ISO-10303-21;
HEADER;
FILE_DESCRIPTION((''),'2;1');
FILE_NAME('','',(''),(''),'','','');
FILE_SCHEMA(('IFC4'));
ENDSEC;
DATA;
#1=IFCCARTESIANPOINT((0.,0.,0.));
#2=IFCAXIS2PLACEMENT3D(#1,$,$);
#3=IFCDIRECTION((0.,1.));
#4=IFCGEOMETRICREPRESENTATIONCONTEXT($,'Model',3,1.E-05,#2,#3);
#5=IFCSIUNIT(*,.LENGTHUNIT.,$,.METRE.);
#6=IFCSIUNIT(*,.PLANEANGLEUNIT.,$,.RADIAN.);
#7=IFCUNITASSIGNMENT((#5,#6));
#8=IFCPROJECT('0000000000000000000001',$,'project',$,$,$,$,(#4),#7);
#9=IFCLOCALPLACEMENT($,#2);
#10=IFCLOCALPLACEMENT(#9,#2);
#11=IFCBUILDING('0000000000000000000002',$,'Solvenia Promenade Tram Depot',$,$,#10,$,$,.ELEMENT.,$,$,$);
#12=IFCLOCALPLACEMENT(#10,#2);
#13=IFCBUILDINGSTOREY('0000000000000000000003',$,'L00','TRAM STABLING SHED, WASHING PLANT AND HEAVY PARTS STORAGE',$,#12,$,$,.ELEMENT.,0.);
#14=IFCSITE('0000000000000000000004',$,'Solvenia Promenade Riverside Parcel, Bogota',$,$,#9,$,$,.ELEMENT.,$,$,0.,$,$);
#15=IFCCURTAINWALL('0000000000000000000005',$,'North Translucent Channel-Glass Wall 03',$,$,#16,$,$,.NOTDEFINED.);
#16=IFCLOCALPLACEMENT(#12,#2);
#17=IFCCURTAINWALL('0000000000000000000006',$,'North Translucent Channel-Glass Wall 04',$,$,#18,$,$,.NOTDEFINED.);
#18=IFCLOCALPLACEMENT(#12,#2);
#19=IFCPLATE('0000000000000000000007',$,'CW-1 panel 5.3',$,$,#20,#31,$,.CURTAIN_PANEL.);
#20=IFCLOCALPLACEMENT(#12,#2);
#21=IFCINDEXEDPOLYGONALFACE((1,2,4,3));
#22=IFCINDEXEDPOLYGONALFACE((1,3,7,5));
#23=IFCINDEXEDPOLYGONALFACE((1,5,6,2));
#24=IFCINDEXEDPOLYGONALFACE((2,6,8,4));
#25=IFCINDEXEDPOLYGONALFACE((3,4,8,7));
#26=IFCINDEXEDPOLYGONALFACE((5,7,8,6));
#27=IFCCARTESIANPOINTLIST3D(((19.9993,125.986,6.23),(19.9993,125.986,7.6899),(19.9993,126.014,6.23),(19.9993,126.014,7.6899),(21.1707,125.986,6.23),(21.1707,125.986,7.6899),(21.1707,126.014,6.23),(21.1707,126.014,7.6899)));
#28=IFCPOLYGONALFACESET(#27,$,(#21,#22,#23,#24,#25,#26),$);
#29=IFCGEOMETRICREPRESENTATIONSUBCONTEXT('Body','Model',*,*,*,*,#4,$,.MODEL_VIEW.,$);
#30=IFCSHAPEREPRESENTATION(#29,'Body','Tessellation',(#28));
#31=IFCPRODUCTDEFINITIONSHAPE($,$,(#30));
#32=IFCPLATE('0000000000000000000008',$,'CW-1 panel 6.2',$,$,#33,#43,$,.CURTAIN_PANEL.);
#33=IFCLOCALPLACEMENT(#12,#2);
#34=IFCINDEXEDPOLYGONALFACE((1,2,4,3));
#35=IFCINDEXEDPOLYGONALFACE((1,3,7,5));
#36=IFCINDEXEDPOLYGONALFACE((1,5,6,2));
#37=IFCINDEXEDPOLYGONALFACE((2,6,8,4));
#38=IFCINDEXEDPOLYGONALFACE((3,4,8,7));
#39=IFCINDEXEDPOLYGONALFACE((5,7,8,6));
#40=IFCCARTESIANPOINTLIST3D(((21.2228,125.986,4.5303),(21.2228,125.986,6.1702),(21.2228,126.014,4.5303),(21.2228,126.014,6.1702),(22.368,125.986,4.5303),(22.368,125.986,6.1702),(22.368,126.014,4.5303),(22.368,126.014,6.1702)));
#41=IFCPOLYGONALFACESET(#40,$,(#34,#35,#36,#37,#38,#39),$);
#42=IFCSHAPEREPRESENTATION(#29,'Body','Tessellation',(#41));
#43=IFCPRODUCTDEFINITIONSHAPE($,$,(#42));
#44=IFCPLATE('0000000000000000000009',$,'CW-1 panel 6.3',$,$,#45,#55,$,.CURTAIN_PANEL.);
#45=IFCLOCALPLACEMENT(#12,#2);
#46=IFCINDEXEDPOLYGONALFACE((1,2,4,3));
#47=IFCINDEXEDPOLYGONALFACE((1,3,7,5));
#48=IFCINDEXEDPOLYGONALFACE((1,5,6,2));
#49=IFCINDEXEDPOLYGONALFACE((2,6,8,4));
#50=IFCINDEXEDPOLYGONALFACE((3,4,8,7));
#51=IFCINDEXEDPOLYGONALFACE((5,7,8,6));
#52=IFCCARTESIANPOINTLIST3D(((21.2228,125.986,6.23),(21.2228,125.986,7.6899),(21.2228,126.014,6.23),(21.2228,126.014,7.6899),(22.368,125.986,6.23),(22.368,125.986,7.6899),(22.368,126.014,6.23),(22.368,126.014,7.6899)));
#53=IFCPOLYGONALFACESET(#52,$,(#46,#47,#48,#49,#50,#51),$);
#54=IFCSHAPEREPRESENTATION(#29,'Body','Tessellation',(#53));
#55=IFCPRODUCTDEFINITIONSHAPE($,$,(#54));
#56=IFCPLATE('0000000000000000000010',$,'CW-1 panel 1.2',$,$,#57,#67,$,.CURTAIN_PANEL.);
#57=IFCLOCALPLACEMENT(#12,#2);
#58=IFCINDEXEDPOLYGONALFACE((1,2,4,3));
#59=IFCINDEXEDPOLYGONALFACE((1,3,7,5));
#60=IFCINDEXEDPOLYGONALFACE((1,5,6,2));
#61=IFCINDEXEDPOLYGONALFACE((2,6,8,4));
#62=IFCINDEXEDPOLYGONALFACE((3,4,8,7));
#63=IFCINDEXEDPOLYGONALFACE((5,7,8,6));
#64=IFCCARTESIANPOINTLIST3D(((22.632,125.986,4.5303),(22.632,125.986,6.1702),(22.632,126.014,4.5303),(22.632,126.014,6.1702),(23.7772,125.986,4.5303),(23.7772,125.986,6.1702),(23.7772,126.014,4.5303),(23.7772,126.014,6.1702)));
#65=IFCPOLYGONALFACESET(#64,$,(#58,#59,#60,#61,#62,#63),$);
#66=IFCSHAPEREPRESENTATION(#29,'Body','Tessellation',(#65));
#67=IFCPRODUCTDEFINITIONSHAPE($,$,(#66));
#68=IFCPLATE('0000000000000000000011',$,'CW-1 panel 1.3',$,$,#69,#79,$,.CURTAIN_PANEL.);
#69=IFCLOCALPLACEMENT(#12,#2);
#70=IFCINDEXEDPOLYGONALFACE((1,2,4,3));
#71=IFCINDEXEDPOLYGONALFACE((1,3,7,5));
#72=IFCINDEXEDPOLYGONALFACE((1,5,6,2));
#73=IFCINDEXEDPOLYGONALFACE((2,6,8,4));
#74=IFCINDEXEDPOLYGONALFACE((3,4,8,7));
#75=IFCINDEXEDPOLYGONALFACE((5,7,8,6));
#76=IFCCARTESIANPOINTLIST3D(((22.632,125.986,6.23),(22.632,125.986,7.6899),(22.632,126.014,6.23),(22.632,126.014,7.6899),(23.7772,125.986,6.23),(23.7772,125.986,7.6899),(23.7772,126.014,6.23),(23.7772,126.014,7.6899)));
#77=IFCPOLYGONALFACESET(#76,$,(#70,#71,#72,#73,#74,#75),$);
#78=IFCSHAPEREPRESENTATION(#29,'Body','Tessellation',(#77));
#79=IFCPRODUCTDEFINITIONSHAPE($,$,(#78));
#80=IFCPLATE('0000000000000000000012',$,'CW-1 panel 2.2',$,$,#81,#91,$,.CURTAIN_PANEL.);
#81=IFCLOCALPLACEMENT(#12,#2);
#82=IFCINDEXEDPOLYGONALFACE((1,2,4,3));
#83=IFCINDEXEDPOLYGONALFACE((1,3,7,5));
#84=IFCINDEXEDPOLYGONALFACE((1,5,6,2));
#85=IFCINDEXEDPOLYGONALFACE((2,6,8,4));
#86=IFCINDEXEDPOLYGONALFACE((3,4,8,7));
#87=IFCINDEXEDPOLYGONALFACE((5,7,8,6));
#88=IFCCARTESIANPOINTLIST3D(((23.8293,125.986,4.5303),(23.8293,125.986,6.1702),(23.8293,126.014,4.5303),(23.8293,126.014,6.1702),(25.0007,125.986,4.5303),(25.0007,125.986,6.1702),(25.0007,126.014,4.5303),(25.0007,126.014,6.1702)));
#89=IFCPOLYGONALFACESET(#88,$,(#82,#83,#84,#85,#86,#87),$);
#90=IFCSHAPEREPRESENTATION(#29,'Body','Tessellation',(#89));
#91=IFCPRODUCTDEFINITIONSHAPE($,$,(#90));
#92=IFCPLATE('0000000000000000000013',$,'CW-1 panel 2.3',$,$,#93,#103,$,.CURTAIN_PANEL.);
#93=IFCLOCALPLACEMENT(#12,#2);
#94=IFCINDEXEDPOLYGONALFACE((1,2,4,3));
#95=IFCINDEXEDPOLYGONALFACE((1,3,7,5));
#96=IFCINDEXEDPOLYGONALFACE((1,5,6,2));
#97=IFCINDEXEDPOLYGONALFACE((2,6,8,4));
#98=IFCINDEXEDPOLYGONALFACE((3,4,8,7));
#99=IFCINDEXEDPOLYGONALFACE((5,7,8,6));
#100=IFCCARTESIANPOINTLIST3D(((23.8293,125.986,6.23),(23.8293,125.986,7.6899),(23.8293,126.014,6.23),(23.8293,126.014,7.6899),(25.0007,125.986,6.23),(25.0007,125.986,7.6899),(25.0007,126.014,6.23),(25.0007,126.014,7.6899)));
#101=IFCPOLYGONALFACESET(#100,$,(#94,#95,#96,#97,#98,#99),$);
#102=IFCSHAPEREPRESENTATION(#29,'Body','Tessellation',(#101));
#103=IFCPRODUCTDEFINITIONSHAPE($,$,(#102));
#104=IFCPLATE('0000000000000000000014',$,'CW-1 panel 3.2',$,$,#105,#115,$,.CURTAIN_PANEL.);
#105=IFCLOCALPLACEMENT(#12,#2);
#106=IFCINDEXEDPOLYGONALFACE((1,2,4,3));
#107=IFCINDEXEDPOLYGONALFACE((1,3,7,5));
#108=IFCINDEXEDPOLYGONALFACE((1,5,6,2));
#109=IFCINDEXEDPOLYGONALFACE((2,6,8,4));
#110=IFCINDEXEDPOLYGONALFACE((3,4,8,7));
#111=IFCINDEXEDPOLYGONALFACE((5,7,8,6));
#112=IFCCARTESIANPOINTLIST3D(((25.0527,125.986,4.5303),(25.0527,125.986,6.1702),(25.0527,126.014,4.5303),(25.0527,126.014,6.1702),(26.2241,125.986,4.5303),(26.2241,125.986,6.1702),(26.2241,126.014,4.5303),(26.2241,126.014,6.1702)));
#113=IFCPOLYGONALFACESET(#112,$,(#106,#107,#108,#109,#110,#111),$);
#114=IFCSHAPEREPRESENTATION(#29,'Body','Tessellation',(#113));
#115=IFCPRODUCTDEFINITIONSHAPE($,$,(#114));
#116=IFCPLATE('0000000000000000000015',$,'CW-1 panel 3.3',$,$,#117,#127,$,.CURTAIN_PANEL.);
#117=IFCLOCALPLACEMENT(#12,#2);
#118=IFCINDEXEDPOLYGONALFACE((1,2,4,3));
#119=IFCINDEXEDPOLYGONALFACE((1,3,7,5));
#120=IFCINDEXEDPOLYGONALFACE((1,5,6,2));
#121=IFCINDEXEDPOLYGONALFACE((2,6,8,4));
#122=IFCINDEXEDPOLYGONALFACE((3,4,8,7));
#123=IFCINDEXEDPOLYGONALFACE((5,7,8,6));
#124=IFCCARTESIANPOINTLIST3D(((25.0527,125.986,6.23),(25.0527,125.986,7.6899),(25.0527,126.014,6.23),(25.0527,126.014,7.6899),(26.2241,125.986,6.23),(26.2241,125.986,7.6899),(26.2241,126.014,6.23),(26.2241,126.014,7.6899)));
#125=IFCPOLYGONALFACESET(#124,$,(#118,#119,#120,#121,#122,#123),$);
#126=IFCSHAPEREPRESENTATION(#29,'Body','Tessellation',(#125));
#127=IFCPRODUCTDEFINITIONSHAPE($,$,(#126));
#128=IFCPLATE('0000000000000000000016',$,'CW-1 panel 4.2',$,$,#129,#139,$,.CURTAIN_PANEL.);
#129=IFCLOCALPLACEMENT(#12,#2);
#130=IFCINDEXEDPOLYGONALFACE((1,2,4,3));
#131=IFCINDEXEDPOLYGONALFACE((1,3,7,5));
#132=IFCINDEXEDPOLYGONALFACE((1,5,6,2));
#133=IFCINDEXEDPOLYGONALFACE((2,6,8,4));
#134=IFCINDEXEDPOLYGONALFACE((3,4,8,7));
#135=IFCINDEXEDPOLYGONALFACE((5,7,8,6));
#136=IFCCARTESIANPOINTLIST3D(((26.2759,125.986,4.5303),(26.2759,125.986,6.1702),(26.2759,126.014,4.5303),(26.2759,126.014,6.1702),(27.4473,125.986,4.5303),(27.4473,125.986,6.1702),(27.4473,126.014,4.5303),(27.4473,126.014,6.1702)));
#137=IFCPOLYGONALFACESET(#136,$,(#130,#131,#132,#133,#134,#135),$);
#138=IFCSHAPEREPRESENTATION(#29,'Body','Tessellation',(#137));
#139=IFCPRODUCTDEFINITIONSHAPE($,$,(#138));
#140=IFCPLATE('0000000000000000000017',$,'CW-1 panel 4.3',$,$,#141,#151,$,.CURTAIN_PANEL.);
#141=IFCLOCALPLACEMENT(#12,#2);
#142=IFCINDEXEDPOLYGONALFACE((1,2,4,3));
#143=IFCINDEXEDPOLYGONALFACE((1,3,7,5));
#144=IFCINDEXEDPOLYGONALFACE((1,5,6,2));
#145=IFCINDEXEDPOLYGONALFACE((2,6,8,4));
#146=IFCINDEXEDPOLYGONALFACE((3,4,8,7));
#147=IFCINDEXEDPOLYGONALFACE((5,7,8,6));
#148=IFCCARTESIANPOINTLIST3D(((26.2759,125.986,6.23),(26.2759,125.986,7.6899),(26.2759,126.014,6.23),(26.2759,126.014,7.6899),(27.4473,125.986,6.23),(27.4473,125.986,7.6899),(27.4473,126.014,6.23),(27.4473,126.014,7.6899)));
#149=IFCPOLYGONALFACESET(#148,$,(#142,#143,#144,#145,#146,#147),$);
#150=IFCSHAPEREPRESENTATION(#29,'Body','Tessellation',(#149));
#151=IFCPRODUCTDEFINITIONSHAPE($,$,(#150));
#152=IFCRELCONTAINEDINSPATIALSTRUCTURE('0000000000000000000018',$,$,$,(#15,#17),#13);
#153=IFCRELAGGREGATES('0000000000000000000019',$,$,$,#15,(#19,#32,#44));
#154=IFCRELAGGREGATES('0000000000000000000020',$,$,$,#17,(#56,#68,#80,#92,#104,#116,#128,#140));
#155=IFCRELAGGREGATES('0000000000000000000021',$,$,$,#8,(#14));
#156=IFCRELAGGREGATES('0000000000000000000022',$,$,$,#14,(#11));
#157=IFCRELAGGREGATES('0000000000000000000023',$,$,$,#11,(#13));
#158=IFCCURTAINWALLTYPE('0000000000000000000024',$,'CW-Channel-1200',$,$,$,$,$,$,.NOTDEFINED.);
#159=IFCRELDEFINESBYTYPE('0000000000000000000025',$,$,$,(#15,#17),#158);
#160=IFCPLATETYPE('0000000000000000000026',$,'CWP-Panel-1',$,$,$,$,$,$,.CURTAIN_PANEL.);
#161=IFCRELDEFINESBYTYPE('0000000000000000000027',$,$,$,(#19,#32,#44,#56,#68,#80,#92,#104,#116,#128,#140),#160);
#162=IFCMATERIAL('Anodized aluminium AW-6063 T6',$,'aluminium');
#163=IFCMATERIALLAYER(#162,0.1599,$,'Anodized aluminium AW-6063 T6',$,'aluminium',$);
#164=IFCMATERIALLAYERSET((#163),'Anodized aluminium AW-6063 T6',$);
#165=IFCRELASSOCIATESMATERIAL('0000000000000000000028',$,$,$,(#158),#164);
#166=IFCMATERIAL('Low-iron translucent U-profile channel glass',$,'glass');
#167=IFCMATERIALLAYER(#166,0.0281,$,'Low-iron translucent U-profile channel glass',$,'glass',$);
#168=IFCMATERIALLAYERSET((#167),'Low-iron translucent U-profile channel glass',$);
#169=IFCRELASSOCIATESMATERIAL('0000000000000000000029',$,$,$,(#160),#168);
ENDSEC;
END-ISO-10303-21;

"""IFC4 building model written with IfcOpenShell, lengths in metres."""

from ifc_helpers import new_model, si_unit, direction, frame, origin, origin_2d, place, context, subcontext, project, spatial, rectangle, extrude, material, layer, layer_set, type_object, element, aggregate, save


model = new_model("IFC4")

# Units and contexts
model_context = context("Model", 3, precision=1e-05, world=origin(), true_north=direction((0.0, 1.0)))
body_context = subcontext(model_context, "Body", "Model", "MODEL_VIEW")
ifc_project = project(units=[si_unit("LENGTHUNIT", "METRE"), si_unit("PLANEANGLEUNIT", "RADIAN")], contexts=[model_context])

# Site, building, storey
site_placement = place(None, origin())
site = spatial("IfcSite", under=ifc_project, at=site_placement, Name="Solvenia Promenade Riverside Parcel, Bogota", CompositionType="ELEMENT", RefElevation=0.0)
building_placement = place(site_placement, origin())
building = spatial("IfcBuilding", under=site, at=building_placement, Name="Solvenia Promenade Tram Depot", CompositionType="ELEMENT")
storey_placement = place(building_placement, origin())
storey = spatial("IfcBuildingStorey", under=building, at=storey_placement, Name="L00", Description="TRAM STABLING SHED, WASHING PLANT AND HEAVY PARTS STORAGE", CompositionType="ELEMENT", Elevation=0.0)

# Curtain walls
ifc_material_1 = material(Name="Anodized aluminium AW-6063 T6", Category="aluminium")
ifc_layer_1 = layer(ifc_material_1, 0.1599, Name="Anodized aluminium AW-6063 T6", Category="aluminium")
ifc_layer_set_1 = layer_set([ifc_layer_1], Name="Anodized aluminium AW-6063 T6")
curtain_wall_type = type_object("IfcCurtainWallType", Name="CW-Channel-1200", PredefinedType="NOTDEFINED", material=ifc_layer_set_1)
curtain_wall_1_placement = place(storey_placement, origin())
curtain_wall_1 = element("IfcCurtainWall", 1, at=curtain_wall_1_placement, inside=storey, type_object=curtain_wall_type, Name="North Translucent Channel-Glass Wall 03", PredefinedType="NOTDEFINED")
curtain_wall_2_placement = place(storey_placement, origin())
curtain_wall_2 = element("IfcCurtainWall", 2, at=curtain_wall_2_placement, inside=storey, type_object=curtain_wall_type, Name="North Translucent Channel-Glass Wall 04", PredefinedType="NOTDEFINED")

# Plates
ifc_material_2 = material(Name="Low-iron translucent U-profile channel glass", Category="glass")
ifc_layer_2 = layer(ifc_material_2, 0.0281, Name="Low-iron translucent U-profile channel glass", Category="glass")
ifc_layer_set_2 = layer_set([ifc_layer_2], Name="Low-iron translucent U-profile channel glass")
plate_type = type_object("IfcPlateType", Name="CWP-Panel-1", PredefinedType="CURTAIN_PANEL", material=ifc_layer_set_2)
plate_1_placement = place(storey_placement, frame((20.585, 126.0, 6.23), z_axis=(0.0, 0.0, 1.0), x_axis=(1.0, 0.0, 0.0)))
plate_1 = element("IfcPlate", 3, at=plate_1_placement, type_object=plate_type, Name="CW-1 panel 5.3", PredefinedType="CURTAIN_PANEL", context=body_context, shape_type="SweptSolid", body=[
    extrude(rectangle(XDim=1.1714, YDim=0.0281, at=origin_2d()), origin(), (0.0, 0.0, 1.0), 1.46),
])
plate_2_placement = place(storey_placement, frame((21.7954, 126.0, 4.5303), z_axis=(0.0, 0.0, 1.0), x_axis=(1.0, 0.0, 0.0)))
plate_2 = element("IfcPlate", 4, at=plate_2_placement, type_object=plate_type, Name="CW-1 panel 6.2", PredefinedType="CURTAIN_PANEL", context=body_context, shape_type="SweptSolid", body=[
    extrude(rectangle(XDim=1.1453, YDim=0.0281, at=origin_2d()), origin(), (0.0, 0.0, 1.0), 1.6399),
])
plate_3_placement = place(storey_placement, frame((21.7954, 126.0, 6.23), z_axis=(0.0, 0.0, 1.0), x_axis=(1.0, 0.0, 0.0)))
plate_3 = element("IfcPlate", 5, at=plate_3_placement, type_object=plate_type, Name="CW-1 panel 6.3", PredefinedType="CURTAIN_PANEL", context=body_context, shape_type="SweptSolid", body=[
    extrude(rectangle(XDim=1.1453, YDim=0.0281, at=origin_2d()), origin(), (0.0, 0.0, 1.0), 1.46),
])
aggregate(curtain_wall_1, [plate_1, plate_2, plate_3])
plate_4_placement = place(storey_placement, frame((23.2046, 126.0, 4.5303), z_axis=(0.0, 0.0, 1.0), x_axis=(1.0, 0.0, 0.0)))
plate_4 = element("IfcPlate", 6, at=plate_4_placement, type_object=plate_type, Name="CW-1 panel 1.2", PredefinedType="CURTAIN_PANEL", context=body_context, shape_type="SweptSolid", body=[
    extrude(rectangle(XDim=1.1453, YDim=0.0281, at=origin_2d()), origin(), (0.0, 0.0, 1.0), 1.6399),
])
plate_5_placement = place(storey_placement, frame((23.2046, 126.0, 6.23), z_axis=(0.0, 0.0, 1.0), x_axis=(1.0, 0.0, 0.0)))
plate_5 = element("IfcPlate", 7, at=plate_5_placement, type_object=plate_type, Name="CW-1 panel 1.3", PredefinedType="CURTAIN_PANEL", context=body_context, shape_type="SweptSolid", body=[
    extrude(rectangle(XDim=1.1453, YDim=0.0281, at=origin_2d()), origin(), (0.0, 0.0, 1.0), 1.46),
])
plate_6_placement = place(storey_placement, frame((24.415, 126.0, 4.5303), z_axis=(0.0, 0.0, 1.0), x_axis=(1.0, 0.0, 0.0)))
plate_6 = element("IfcPlate", 8, at=plate_6_placement, type_object=plate_type, Name="CW-1 panel 2.2", PredefinedType="CURTAIN_PANEL", context=body_context, shape_type="SweptSolid", body=[
    extrude(rectangle(XDim=1.1714, YDim=0.0281, at=origin_2d()), origin(), (0.0, 0.0, 1.0), 1.6399),
])
plate_7_placement = place(storey_placement, frame((24.415, 126.0, 6.23), z_axis=(0.0, 0.0, 1.0), x_axis=(1.0, 0.0, 0.0)))
plate_7 = element("IfcPlate", 9, at=plate_7_placement, type_object=plate_type, Name="CW-1 panel 2.3", PredefinedType="CURTAIN_PANEL", context=body_context, shape_type="SweptSolid", body=[
    extrude(rectangle(XDim=1.1714, YDim=0.0281, at=origin_2d()), origin(), (0.0, 0.0, 1.0), 1.46),
])
plate_8_placement = place(storey_placement, frame((25.6384, 126.0, 4.5303), z_axis=(0.0, 0.0, 1.0), x_axis=(1.0, 0.0, 0.0)))
plate_8 = element("IfcPlate", 10, at=plate_8_placement, type_object=plate_type, Name="CW-1 panel 3.2", PredefinedType="CURTAIN_PANEL", context=body_context, shape_type="SweptSolid", body=[
    extrude(rectangle(XDim=1.1714, YDim=0.0281, at=origin_2d()), origin(), (0.0, 0.0, 1.0), 1.6399),
])
plate_9_placement = place(storey_placement, frame((25.6384, 126.0, 6.23), z_axis=(0.0, 0.0, 1.0), x_axis=(1.0, 0.0, 0.0)))
plate_9 = element("IfcPlate", 11, at=plate_9_placement, type_object=plate_type, Name="CW-1 panel 3.3", PredefinedType="CURTAIN_PANEL", context=body_context, shape_type="SweptSolid", body=[
    extrude(rectangle(XDim=1.1714, YDim=0.0281, at=origin_2d()), origin(), (0.0, 0.0, 1.0), 1.46),
])
plate_10_placement = place(storey_placement, frame((26.8616, 126.0, 4.5303), z_axis=(0.0, 0.0, 1.0), x_axis=(1.0, 0.0, 0.0)))
plate_10 = element("IfcPlate", 12, at=plate_10_placement, type_object=plate_type, Name="CW-1 panel 4.2", PredefinedType="CURTAIN_PANEL", context=body_context, shape_type="SweptSolid", body=[
    extrude(rectangle(XDim=1.1714, YDim=0.0281, at=origin_2d()), origin(), (0.0, 0.0, 1.0), 1.6399),
])
plate_11_placement = place(storey_placement, frame((26.8616, 126.0, 6.23), z_axis=(0.0, 0.0, 1.0), x_axis=(1.0, 0.0, 0.0)))
plate_11 = element("IfcPlate", 13, at=plate_11_placement, type_object=plate_type, Name="CW-1 panel 4.3", PredefinedType="CURTAIN_PANEL", context=body_context, shape_type="SweptSolid", body=[
    extrude(rectangle(XDim=1.1714, YDim=0.0281, at=origin_2d()), origin(), (0.0, 0.0, 1.0), 1.46),
])
aggregate(curtain_wall_2, [plate_4, plate_5, plate_6, plate_7, plate_8, plate_9, plate_10, plate_11])

save(model, "model.ifc")
